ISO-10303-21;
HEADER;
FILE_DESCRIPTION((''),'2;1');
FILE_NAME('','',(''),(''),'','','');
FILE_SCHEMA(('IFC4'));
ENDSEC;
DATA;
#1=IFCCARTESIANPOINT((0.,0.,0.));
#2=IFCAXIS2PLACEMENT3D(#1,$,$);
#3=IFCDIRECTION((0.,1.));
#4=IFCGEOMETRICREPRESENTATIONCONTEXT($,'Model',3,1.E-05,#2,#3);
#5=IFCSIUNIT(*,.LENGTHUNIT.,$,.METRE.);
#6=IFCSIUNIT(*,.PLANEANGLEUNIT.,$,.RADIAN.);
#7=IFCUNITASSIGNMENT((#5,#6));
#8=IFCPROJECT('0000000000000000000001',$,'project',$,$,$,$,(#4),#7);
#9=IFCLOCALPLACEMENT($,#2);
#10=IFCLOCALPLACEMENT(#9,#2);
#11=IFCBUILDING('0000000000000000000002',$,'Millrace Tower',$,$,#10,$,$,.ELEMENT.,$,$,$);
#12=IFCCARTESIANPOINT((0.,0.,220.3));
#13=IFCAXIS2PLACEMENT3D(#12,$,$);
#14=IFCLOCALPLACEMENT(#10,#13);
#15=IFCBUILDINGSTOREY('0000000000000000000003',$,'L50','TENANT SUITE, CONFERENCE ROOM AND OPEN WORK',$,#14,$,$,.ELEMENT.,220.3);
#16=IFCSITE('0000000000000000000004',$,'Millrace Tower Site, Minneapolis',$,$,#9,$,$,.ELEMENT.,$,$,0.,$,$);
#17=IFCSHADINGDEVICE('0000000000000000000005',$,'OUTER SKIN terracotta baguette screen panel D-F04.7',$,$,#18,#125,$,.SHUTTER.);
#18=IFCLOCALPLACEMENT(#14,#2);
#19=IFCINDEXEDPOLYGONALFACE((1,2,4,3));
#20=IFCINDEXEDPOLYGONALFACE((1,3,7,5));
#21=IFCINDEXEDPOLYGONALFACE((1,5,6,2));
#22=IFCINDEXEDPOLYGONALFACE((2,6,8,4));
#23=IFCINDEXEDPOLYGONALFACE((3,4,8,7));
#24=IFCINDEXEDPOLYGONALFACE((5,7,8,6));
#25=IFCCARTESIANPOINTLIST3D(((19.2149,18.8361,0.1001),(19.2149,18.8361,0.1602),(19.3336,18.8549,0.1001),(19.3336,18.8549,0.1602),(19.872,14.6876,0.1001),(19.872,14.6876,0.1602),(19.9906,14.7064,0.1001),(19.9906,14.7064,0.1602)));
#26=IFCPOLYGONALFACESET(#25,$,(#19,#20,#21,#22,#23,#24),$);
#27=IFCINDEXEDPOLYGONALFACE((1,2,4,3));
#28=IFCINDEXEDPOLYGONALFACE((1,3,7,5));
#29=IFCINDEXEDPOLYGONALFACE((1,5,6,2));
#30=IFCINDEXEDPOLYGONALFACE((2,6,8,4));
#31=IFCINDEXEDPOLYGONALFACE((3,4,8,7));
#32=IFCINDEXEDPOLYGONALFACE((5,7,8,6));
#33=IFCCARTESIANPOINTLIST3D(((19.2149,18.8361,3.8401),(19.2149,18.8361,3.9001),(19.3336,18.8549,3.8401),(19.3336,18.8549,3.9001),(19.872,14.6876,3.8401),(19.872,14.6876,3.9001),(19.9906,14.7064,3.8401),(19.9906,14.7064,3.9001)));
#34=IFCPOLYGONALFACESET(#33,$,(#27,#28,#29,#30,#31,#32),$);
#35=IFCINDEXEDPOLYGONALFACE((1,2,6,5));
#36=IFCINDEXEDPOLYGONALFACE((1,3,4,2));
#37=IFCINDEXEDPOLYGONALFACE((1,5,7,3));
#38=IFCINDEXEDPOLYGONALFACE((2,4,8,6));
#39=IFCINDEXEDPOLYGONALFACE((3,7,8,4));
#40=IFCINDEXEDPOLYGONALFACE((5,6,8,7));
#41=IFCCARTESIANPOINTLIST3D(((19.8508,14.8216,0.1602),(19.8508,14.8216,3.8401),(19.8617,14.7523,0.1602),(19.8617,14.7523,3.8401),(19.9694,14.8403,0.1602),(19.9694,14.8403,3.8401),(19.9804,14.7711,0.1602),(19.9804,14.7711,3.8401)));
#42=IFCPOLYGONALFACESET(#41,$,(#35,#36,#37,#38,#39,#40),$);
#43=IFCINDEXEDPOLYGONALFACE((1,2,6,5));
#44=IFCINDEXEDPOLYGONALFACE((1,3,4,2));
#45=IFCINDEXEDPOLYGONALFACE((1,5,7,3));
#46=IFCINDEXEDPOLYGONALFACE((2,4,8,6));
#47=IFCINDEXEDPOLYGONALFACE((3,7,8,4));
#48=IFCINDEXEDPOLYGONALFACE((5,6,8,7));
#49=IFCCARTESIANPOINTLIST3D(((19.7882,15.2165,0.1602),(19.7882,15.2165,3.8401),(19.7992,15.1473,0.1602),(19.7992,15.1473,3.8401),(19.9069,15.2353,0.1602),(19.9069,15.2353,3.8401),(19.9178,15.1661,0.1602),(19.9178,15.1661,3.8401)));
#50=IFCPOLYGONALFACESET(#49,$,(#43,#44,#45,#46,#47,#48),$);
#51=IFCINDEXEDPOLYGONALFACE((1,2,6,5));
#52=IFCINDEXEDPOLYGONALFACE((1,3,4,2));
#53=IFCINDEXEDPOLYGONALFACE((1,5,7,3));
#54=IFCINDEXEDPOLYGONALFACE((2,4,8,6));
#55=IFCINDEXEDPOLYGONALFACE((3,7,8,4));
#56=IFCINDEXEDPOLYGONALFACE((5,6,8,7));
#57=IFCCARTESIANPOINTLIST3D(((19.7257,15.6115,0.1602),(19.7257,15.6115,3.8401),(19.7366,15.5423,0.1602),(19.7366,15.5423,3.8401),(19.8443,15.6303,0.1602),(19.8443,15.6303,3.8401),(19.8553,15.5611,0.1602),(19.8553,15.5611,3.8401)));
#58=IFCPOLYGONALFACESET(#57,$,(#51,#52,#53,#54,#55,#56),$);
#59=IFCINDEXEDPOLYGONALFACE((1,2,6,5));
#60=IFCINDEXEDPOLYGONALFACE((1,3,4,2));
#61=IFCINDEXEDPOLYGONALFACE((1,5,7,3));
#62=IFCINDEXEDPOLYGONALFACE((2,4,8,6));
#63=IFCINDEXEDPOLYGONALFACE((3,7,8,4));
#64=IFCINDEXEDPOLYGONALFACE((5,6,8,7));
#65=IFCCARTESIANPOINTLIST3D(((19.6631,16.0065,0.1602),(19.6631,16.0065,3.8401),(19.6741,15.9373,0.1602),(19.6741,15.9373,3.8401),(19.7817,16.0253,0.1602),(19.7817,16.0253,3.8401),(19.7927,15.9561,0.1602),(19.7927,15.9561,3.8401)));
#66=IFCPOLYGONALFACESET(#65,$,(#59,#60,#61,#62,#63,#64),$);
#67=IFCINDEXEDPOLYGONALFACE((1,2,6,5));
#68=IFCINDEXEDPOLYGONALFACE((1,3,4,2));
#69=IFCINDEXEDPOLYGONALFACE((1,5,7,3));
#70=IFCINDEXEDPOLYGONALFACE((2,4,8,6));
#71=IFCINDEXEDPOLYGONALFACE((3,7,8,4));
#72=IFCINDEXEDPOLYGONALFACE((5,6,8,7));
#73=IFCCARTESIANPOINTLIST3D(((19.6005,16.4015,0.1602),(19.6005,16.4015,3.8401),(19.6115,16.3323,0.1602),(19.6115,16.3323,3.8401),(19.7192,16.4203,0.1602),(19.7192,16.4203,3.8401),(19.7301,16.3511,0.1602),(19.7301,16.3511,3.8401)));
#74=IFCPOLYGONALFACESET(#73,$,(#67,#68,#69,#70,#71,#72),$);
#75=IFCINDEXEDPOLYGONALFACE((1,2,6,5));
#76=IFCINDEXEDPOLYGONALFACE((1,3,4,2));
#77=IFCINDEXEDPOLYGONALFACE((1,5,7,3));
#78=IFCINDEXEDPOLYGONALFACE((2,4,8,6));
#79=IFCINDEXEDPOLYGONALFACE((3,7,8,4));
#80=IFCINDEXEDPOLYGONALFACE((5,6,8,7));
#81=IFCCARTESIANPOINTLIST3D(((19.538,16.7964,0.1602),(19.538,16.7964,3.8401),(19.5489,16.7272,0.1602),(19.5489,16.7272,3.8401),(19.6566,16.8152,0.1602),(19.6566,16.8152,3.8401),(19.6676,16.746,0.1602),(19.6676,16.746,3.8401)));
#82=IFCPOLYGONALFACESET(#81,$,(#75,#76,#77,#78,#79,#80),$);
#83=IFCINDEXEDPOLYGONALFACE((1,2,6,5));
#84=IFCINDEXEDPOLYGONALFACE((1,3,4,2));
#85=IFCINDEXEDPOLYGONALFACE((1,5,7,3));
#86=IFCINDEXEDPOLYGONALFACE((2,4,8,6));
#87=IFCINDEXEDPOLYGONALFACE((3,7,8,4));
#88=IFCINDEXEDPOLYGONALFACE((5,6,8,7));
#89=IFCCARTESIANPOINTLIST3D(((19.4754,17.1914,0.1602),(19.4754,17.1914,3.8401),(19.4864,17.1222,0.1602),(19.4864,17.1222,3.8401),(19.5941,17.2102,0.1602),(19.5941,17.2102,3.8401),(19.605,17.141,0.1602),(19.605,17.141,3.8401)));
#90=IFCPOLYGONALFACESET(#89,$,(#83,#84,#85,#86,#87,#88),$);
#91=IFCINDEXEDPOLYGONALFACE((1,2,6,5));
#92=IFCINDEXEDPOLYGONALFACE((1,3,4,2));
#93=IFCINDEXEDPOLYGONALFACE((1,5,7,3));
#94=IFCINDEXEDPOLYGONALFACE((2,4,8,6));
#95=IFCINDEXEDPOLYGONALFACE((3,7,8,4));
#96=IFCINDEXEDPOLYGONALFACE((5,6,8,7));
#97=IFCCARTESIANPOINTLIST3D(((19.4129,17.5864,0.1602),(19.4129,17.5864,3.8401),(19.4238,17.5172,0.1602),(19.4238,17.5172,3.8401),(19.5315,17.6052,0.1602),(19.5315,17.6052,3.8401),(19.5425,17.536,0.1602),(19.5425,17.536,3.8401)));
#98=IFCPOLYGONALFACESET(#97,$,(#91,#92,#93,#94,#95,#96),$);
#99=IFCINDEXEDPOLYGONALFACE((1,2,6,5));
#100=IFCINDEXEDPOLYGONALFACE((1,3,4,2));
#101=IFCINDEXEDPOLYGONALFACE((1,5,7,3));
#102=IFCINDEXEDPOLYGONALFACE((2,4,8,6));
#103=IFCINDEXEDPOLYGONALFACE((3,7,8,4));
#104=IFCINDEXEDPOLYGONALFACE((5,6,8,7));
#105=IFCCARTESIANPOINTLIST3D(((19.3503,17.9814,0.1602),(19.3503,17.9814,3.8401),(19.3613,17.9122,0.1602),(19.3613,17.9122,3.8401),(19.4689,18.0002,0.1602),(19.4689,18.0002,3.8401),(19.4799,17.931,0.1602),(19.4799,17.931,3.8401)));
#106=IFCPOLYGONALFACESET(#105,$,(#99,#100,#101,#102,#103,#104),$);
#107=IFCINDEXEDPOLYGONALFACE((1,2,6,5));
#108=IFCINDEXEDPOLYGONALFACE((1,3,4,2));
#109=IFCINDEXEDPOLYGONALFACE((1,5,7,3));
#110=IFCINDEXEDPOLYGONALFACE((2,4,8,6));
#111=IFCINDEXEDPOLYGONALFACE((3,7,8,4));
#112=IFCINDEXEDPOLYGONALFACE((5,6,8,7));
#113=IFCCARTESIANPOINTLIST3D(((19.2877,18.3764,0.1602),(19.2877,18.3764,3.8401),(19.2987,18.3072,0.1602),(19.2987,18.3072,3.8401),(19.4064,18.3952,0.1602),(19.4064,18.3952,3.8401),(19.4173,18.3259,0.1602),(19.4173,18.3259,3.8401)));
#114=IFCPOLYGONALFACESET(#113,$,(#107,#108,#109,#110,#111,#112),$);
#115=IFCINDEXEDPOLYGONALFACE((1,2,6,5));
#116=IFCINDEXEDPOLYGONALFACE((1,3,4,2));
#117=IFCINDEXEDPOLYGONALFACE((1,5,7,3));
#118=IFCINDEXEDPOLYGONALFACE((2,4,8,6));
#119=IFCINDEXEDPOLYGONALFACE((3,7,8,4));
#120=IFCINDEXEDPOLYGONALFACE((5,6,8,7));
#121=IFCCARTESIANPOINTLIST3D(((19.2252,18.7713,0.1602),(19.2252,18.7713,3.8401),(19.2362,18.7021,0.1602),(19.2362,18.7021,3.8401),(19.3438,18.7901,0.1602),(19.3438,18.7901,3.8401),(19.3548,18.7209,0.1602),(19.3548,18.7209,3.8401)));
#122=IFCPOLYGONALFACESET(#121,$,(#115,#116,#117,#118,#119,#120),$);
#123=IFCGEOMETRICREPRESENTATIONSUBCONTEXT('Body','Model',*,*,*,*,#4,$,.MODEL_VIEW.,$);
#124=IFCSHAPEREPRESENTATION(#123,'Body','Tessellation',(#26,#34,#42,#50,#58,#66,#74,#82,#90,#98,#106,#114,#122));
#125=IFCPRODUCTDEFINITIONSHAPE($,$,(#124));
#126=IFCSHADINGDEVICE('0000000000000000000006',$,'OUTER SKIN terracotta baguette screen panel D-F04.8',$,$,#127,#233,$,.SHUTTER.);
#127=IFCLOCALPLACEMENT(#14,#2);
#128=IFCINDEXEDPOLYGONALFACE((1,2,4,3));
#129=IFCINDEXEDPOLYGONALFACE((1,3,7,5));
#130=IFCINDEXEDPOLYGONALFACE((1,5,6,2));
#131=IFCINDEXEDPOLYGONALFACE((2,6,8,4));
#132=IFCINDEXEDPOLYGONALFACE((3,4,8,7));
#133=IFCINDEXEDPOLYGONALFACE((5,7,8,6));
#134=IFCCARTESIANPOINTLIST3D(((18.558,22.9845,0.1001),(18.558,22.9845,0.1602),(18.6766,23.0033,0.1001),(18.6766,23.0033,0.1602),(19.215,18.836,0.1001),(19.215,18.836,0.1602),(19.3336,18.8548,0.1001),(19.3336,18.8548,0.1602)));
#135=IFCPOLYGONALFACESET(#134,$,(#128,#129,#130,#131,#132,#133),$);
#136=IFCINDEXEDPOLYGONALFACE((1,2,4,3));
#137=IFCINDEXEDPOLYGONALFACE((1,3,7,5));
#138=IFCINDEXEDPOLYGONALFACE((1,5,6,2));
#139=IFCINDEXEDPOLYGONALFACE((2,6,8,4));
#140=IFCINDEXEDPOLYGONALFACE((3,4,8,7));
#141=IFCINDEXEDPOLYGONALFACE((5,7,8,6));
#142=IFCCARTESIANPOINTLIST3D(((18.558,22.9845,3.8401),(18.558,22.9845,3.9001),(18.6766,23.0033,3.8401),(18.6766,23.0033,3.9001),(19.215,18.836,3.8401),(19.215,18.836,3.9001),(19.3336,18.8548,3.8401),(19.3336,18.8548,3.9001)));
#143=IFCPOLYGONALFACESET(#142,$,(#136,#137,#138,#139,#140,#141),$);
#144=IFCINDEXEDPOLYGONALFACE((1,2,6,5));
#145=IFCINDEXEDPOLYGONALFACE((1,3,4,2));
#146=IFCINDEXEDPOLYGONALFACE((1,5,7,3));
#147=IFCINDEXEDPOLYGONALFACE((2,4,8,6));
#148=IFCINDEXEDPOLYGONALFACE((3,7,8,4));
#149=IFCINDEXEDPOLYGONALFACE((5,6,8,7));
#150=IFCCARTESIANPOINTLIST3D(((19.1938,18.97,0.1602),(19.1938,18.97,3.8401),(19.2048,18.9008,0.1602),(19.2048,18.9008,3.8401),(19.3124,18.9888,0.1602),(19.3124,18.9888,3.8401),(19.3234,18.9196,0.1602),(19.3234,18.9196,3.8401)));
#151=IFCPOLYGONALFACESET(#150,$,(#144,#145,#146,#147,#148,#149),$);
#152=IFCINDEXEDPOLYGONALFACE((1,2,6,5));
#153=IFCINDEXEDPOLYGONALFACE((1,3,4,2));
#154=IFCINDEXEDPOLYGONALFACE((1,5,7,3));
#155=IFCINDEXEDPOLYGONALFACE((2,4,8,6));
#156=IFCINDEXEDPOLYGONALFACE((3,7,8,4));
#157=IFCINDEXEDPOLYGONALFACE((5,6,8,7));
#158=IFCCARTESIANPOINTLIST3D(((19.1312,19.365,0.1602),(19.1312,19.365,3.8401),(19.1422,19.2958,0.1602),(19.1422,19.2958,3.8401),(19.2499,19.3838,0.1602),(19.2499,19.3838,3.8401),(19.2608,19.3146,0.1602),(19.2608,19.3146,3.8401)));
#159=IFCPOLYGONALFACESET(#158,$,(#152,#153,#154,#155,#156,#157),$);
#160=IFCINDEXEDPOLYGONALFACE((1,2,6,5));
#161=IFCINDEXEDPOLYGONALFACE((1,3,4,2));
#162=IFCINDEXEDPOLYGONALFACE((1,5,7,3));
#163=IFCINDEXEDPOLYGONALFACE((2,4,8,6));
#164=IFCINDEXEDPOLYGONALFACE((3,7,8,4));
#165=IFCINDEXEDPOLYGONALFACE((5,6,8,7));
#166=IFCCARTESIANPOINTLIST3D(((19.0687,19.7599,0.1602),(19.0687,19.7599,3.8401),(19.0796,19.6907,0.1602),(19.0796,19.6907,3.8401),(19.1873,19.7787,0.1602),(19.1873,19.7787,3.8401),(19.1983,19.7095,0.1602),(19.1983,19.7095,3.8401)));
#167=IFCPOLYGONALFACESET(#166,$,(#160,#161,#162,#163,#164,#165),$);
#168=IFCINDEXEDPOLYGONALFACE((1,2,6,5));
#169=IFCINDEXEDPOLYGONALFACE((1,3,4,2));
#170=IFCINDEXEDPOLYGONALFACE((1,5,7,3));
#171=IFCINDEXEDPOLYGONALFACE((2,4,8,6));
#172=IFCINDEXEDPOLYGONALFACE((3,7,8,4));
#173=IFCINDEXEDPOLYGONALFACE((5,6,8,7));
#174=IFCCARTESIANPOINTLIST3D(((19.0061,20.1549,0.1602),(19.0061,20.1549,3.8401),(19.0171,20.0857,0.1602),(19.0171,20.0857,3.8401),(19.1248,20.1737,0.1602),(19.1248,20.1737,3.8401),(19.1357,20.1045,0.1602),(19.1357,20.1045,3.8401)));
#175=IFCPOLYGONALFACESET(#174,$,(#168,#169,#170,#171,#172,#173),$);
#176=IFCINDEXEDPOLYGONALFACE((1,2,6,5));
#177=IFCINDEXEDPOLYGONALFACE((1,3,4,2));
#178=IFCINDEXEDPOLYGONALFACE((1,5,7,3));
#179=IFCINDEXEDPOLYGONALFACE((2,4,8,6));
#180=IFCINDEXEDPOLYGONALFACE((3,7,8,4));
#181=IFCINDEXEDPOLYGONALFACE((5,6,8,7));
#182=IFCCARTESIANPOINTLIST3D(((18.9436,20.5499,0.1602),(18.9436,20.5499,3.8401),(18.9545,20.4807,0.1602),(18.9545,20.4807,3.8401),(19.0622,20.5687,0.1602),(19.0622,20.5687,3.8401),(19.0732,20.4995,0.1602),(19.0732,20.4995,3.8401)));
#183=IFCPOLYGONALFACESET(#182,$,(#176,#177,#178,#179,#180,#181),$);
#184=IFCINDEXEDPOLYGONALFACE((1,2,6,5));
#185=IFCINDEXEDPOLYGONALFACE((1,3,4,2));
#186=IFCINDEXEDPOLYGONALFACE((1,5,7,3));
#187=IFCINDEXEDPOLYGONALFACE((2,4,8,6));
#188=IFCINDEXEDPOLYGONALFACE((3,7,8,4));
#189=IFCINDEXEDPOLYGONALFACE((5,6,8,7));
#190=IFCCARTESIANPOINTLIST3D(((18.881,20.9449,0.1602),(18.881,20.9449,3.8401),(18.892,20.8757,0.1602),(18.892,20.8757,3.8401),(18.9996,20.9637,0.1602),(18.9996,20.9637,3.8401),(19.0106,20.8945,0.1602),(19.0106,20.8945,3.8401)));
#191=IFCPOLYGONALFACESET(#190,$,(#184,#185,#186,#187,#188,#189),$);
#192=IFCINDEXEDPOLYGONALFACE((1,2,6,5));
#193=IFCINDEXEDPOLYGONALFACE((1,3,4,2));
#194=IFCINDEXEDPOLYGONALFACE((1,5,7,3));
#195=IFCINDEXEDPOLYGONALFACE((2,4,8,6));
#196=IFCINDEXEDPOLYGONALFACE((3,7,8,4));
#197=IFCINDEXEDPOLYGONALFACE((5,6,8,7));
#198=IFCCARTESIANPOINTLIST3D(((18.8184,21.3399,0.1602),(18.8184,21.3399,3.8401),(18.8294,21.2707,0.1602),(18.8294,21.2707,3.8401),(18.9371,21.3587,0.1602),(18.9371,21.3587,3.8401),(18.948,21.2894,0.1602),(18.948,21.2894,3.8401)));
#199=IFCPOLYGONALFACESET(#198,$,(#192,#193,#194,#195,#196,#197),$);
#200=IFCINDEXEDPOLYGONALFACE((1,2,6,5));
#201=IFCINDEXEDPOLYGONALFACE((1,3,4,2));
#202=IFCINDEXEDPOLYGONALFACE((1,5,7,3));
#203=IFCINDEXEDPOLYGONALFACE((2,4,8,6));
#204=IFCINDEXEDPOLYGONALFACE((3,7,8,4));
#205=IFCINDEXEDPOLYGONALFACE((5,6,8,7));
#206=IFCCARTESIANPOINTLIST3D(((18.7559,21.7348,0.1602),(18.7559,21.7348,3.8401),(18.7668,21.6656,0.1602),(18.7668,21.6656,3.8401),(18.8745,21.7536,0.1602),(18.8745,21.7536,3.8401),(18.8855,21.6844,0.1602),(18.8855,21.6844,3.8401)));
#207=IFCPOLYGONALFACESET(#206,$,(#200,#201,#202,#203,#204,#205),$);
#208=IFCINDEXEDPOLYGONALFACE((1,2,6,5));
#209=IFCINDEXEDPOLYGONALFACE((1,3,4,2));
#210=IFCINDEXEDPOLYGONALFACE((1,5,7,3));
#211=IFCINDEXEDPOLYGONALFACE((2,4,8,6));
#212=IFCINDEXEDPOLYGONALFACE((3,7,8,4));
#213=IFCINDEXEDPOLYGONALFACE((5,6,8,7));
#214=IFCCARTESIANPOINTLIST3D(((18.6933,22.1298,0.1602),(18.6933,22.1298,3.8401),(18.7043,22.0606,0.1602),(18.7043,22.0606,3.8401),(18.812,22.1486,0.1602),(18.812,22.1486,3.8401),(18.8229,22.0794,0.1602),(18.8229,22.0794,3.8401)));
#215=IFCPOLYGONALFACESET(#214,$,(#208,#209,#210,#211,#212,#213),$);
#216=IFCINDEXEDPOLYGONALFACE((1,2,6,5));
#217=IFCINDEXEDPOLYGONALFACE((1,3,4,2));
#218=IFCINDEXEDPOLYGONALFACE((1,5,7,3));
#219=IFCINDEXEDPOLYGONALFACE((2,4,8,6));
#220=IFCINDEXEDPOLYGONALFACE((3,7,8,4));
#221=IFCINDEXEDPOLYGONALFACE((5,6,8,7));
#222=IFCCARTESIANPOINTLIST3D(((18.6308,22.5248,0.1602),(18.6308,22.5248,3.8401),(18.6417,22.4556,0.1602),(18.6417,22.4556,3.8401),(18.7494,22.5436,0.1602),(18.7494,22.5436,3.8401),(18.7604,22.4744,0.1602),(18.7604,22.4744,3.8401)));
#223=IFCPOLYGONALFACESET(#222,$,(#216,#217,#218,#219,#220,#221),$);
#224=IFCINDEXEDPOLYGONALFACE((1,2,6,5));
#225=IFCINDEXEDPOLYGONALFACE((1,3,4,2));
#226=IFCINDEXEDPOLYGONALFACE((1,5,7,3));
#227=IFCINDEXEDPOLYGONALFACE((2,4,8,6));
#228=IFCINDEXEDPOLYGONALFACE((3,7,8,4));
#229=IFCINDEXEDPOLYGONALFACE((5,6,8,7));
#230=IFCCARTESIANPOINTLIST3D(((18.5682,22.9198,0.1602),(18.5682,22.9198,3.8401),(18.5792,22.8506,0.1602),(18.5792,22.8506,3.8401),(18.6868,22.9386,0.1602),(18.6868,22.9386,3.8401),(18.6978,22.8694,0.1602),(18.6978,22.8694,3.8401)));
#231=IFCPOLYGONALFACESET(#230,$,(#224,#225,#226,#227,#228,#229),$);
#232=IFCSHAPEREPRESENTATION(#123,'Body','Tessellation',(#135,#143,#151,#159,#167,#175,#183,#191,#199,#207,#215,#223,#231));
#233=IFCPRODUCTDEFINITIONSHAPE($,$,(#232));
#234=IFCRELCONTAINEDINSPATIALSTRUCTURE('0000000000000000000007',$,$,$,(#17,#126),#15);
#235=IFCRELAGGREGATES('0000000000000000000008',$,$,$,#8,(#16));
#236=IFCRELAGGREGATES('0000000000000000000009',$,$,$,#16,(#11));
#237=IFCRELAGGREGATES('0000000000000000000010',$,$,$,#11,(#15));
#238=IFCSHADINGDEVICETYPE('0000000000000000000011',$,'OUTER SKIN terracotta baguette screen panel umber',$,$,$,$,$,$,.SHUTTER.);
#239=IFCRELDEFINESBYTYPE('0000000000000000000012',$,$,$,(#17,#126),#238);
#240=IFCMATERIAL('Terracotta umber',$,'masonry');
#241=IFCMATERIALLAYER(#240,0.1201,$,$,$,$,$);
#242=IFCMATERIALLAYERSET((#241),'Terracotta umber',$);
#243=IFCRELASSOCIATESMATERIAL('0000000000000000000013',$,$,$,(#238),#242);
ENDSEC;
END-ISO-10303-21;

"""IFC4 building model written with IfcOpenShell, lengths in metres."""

from ifc_helpers import new_model, entity, si_unit, direction, frame, frame_2d, origin, origin_2d, place, context, subcontext, project, spatial, rectangle, extrude, source, transform, mapped, material, layer, layer_set, type_object, element, save


model = new_model("IFC4")

# Units and contexts
model_context = context("Model", 3, precision=1e-05, world=origin(), true_north=direction((0.0, 1.0)))
body_context = subcontext(model_context, "Body", "Model", "MODEL_VIEW")
ifc_project = project(units=[si_unit("LENGTHUNIT", "METRE"), si_unit("PLANEANGLEUNIT", "RADIAN")], contexts=[model_context])

# Site, building, storey
site_placement = place(None, origin())
site = spatial("IfcSite", under=ifc_project, at=site_placement, Name="Millrace Tower Site, Minneapolis", CompositionType="ELEMENT", RefElevation=0.0)
building_placement = place(site_placement, origin())
building = spatial("IfcBuilding", under=site, at=building_placement, Name="Millrace Tower", CompositionType="ELEMENT")
storey_placement = place(building_placement, frame((0.0, 0.0, 220.3)))
storey = spatial("IfcBuildingStorey", under=building, at=storey_placement, Name="L50", Description="TENANT SUITE, CONFERENCE ROOM AND OPEN WORK", CompositionType="ELEMENT", Elevation=220.3)

# Shading devices
ifc_material_1 = material(Name="Terracotta umber", Category="masonry")
ifc_layer_1 = layer(ifc_material_1, 0.1201)
ifc_layer_set_1 = layer_set([ifc_layer_1], Name="Terracotta umber")
shading_device_type = type_object("IfcShadingDeviceType", Name="OUTER SKIN terracotta baguette screen panel umber", PredefinedType="SHUTTER", material=ifc_layer_set_1)
cartesian_point_1 = entity("IfcCartesianPoint", [-2.1001, 0.0601])
shared_polyline_1 = entity("IfcPolyline", [cartesian_point_1, entity("IfcCartesianPoint", [2.1001, 0.0601]), entity("IfcCartesianPoint", [2.1001, -0.0601]), entity("IfcCartesianPoint", [-2.1001, -0.0601]), cartesian_point_1])
shared_shape_1 = source(origin(), body_context, "Body", "SweptSolid", [
    entity("IfcExtrudedAreaSolid", entity("IfcArbitraryClosedProfileDef", "AREA", None, shared_polyline_1), entity("IfcAxis2Placement3D", entity("IfcCartesianPoint", [0.0, 0.0, 0.0])), entity("IfcDirection", [0.0, 0.0, 1.0]), 0.0601),
    entity("IfcExtrudedAreaSolid", entity("IfcArbitraryClosedProfileDef", "AREA", None, shared_polyline_1), entity("IfcAxis2Placement3D", entity("IfcCartesianPoint", [0.0, 0.0, 3.74])), entity("IfcDirection", [0.0, 0.0, 1.0]), 0.0601),
    extrude(rectangle(XDim=0.0701, YDim=0.1201, at=frame_2d((-1.9995, 0.0))), frame((0.0, 0.0, 0.0601)), (0.0, 0.0, 1.0), 3.6799),
    extrude(rectangle(XDim=0.0701, YDim=0.1201, at=frame_2d((-1.5996, 0.0))), frame((0.0, 0.0, 0.0601)), (0.0, 0.0, 1.0), 3.6799),
    extrude(rectangle(XDim=0.0701, YDim=0.1201, at=frame_2d((-1.1997, 0.0))), frame((0.0, 0.0, 0.0601)), (0.0, 0.0, 1.0), 3.6799),
    extrude(rectangle(XDim=0.0701, YDim=0.1201, at=frame_2d((-0.7998, 0.0))), frame((0.0, 0.0, 0.0601)), (0.0, 0.0, 1.0), 3.6799),
    extrude(rectangle(XDim=0.0701, YDim=0.1201, at=frame_2d((-0.3999, 0.0))), frame((0.0, 0.0, 0.0601)), (0.0, 0.0, 1.0), 3.6799),
    extrude(rectangle(XDim=0.0701, YDim=0.1201, at=origin_2d()), frame((0.0, 0.0, 0.0601)), (0.0, 0.0, 1.0), 3.6799),
    extrude(rectangle(XDim=0.0701, YDim=0.1201, at=frame_2d((0.3999, 0.0))), frame((0.0, 0.0, 0.0601)), (0.0, 0.0, 1.0), 3.6799),
    extrude(rectangle(XDim=0.0701, YDim=0.1201, at=frame_2d((0.7998, 0.0))), frame((0.0, 0.0, 0.0601)), (0.0, 0.0, 1.0), 3.6799),
    extrude(rectangle(XDim=0.0701, YDim=0.1201, at=frame_2d((1.1997, 0.0))), frame((0.0, 0.0, 0.0601)), (0.0, 0.0, 1.0), 3.6799),
    extrude(rectangle(XDim=0.0701, YDim=0.1201, at=frame_2d((1.5996, 0.0))), frame((0.0, 0.0, 0.0601)), (0.0, 0.0, 1.0), 3.6799),
    extrude(rectangle(XDim=0.0701, YDim=0.1201, at=frame_2d((1.9995, 0.0))), frame((0.0, 0.0, 0.0601)), (0.0, 0.0, 1.0), 3.6799),
])
for number, where, z_axis, x_axis, name in (
    (1, (19.6028, 16.7712, 0.1001), (0.0, 0.0, 1.0), (-0.156434, 0.987688, 0.0), "OUTER SKIN terracotta baguette screen panel D-F04.7"),
    (2, (18.9458, 20.9197, 0.1001), (0.0, 0.0, 1.0), (-0.156434, 0.987688, 0.0), "OUTER SKIN terracotta baguette screen panel D-F04.8"),
):
    element("IfcShadingDevice", number, at=place(storey_placement, frame(where, z_axis=z_axis, x_axis=x_axis)), inside=storey, type_object=shading_device_type, Name=name, PredefinedType="SHUTTER", context=body_context, shape_type="MappedRepresentation", body=[
        mapped(shared_shape_1, transform((0.0, 0.0, 0.0), scale=1.0)),
    ])

save(model, "model.ifc")
